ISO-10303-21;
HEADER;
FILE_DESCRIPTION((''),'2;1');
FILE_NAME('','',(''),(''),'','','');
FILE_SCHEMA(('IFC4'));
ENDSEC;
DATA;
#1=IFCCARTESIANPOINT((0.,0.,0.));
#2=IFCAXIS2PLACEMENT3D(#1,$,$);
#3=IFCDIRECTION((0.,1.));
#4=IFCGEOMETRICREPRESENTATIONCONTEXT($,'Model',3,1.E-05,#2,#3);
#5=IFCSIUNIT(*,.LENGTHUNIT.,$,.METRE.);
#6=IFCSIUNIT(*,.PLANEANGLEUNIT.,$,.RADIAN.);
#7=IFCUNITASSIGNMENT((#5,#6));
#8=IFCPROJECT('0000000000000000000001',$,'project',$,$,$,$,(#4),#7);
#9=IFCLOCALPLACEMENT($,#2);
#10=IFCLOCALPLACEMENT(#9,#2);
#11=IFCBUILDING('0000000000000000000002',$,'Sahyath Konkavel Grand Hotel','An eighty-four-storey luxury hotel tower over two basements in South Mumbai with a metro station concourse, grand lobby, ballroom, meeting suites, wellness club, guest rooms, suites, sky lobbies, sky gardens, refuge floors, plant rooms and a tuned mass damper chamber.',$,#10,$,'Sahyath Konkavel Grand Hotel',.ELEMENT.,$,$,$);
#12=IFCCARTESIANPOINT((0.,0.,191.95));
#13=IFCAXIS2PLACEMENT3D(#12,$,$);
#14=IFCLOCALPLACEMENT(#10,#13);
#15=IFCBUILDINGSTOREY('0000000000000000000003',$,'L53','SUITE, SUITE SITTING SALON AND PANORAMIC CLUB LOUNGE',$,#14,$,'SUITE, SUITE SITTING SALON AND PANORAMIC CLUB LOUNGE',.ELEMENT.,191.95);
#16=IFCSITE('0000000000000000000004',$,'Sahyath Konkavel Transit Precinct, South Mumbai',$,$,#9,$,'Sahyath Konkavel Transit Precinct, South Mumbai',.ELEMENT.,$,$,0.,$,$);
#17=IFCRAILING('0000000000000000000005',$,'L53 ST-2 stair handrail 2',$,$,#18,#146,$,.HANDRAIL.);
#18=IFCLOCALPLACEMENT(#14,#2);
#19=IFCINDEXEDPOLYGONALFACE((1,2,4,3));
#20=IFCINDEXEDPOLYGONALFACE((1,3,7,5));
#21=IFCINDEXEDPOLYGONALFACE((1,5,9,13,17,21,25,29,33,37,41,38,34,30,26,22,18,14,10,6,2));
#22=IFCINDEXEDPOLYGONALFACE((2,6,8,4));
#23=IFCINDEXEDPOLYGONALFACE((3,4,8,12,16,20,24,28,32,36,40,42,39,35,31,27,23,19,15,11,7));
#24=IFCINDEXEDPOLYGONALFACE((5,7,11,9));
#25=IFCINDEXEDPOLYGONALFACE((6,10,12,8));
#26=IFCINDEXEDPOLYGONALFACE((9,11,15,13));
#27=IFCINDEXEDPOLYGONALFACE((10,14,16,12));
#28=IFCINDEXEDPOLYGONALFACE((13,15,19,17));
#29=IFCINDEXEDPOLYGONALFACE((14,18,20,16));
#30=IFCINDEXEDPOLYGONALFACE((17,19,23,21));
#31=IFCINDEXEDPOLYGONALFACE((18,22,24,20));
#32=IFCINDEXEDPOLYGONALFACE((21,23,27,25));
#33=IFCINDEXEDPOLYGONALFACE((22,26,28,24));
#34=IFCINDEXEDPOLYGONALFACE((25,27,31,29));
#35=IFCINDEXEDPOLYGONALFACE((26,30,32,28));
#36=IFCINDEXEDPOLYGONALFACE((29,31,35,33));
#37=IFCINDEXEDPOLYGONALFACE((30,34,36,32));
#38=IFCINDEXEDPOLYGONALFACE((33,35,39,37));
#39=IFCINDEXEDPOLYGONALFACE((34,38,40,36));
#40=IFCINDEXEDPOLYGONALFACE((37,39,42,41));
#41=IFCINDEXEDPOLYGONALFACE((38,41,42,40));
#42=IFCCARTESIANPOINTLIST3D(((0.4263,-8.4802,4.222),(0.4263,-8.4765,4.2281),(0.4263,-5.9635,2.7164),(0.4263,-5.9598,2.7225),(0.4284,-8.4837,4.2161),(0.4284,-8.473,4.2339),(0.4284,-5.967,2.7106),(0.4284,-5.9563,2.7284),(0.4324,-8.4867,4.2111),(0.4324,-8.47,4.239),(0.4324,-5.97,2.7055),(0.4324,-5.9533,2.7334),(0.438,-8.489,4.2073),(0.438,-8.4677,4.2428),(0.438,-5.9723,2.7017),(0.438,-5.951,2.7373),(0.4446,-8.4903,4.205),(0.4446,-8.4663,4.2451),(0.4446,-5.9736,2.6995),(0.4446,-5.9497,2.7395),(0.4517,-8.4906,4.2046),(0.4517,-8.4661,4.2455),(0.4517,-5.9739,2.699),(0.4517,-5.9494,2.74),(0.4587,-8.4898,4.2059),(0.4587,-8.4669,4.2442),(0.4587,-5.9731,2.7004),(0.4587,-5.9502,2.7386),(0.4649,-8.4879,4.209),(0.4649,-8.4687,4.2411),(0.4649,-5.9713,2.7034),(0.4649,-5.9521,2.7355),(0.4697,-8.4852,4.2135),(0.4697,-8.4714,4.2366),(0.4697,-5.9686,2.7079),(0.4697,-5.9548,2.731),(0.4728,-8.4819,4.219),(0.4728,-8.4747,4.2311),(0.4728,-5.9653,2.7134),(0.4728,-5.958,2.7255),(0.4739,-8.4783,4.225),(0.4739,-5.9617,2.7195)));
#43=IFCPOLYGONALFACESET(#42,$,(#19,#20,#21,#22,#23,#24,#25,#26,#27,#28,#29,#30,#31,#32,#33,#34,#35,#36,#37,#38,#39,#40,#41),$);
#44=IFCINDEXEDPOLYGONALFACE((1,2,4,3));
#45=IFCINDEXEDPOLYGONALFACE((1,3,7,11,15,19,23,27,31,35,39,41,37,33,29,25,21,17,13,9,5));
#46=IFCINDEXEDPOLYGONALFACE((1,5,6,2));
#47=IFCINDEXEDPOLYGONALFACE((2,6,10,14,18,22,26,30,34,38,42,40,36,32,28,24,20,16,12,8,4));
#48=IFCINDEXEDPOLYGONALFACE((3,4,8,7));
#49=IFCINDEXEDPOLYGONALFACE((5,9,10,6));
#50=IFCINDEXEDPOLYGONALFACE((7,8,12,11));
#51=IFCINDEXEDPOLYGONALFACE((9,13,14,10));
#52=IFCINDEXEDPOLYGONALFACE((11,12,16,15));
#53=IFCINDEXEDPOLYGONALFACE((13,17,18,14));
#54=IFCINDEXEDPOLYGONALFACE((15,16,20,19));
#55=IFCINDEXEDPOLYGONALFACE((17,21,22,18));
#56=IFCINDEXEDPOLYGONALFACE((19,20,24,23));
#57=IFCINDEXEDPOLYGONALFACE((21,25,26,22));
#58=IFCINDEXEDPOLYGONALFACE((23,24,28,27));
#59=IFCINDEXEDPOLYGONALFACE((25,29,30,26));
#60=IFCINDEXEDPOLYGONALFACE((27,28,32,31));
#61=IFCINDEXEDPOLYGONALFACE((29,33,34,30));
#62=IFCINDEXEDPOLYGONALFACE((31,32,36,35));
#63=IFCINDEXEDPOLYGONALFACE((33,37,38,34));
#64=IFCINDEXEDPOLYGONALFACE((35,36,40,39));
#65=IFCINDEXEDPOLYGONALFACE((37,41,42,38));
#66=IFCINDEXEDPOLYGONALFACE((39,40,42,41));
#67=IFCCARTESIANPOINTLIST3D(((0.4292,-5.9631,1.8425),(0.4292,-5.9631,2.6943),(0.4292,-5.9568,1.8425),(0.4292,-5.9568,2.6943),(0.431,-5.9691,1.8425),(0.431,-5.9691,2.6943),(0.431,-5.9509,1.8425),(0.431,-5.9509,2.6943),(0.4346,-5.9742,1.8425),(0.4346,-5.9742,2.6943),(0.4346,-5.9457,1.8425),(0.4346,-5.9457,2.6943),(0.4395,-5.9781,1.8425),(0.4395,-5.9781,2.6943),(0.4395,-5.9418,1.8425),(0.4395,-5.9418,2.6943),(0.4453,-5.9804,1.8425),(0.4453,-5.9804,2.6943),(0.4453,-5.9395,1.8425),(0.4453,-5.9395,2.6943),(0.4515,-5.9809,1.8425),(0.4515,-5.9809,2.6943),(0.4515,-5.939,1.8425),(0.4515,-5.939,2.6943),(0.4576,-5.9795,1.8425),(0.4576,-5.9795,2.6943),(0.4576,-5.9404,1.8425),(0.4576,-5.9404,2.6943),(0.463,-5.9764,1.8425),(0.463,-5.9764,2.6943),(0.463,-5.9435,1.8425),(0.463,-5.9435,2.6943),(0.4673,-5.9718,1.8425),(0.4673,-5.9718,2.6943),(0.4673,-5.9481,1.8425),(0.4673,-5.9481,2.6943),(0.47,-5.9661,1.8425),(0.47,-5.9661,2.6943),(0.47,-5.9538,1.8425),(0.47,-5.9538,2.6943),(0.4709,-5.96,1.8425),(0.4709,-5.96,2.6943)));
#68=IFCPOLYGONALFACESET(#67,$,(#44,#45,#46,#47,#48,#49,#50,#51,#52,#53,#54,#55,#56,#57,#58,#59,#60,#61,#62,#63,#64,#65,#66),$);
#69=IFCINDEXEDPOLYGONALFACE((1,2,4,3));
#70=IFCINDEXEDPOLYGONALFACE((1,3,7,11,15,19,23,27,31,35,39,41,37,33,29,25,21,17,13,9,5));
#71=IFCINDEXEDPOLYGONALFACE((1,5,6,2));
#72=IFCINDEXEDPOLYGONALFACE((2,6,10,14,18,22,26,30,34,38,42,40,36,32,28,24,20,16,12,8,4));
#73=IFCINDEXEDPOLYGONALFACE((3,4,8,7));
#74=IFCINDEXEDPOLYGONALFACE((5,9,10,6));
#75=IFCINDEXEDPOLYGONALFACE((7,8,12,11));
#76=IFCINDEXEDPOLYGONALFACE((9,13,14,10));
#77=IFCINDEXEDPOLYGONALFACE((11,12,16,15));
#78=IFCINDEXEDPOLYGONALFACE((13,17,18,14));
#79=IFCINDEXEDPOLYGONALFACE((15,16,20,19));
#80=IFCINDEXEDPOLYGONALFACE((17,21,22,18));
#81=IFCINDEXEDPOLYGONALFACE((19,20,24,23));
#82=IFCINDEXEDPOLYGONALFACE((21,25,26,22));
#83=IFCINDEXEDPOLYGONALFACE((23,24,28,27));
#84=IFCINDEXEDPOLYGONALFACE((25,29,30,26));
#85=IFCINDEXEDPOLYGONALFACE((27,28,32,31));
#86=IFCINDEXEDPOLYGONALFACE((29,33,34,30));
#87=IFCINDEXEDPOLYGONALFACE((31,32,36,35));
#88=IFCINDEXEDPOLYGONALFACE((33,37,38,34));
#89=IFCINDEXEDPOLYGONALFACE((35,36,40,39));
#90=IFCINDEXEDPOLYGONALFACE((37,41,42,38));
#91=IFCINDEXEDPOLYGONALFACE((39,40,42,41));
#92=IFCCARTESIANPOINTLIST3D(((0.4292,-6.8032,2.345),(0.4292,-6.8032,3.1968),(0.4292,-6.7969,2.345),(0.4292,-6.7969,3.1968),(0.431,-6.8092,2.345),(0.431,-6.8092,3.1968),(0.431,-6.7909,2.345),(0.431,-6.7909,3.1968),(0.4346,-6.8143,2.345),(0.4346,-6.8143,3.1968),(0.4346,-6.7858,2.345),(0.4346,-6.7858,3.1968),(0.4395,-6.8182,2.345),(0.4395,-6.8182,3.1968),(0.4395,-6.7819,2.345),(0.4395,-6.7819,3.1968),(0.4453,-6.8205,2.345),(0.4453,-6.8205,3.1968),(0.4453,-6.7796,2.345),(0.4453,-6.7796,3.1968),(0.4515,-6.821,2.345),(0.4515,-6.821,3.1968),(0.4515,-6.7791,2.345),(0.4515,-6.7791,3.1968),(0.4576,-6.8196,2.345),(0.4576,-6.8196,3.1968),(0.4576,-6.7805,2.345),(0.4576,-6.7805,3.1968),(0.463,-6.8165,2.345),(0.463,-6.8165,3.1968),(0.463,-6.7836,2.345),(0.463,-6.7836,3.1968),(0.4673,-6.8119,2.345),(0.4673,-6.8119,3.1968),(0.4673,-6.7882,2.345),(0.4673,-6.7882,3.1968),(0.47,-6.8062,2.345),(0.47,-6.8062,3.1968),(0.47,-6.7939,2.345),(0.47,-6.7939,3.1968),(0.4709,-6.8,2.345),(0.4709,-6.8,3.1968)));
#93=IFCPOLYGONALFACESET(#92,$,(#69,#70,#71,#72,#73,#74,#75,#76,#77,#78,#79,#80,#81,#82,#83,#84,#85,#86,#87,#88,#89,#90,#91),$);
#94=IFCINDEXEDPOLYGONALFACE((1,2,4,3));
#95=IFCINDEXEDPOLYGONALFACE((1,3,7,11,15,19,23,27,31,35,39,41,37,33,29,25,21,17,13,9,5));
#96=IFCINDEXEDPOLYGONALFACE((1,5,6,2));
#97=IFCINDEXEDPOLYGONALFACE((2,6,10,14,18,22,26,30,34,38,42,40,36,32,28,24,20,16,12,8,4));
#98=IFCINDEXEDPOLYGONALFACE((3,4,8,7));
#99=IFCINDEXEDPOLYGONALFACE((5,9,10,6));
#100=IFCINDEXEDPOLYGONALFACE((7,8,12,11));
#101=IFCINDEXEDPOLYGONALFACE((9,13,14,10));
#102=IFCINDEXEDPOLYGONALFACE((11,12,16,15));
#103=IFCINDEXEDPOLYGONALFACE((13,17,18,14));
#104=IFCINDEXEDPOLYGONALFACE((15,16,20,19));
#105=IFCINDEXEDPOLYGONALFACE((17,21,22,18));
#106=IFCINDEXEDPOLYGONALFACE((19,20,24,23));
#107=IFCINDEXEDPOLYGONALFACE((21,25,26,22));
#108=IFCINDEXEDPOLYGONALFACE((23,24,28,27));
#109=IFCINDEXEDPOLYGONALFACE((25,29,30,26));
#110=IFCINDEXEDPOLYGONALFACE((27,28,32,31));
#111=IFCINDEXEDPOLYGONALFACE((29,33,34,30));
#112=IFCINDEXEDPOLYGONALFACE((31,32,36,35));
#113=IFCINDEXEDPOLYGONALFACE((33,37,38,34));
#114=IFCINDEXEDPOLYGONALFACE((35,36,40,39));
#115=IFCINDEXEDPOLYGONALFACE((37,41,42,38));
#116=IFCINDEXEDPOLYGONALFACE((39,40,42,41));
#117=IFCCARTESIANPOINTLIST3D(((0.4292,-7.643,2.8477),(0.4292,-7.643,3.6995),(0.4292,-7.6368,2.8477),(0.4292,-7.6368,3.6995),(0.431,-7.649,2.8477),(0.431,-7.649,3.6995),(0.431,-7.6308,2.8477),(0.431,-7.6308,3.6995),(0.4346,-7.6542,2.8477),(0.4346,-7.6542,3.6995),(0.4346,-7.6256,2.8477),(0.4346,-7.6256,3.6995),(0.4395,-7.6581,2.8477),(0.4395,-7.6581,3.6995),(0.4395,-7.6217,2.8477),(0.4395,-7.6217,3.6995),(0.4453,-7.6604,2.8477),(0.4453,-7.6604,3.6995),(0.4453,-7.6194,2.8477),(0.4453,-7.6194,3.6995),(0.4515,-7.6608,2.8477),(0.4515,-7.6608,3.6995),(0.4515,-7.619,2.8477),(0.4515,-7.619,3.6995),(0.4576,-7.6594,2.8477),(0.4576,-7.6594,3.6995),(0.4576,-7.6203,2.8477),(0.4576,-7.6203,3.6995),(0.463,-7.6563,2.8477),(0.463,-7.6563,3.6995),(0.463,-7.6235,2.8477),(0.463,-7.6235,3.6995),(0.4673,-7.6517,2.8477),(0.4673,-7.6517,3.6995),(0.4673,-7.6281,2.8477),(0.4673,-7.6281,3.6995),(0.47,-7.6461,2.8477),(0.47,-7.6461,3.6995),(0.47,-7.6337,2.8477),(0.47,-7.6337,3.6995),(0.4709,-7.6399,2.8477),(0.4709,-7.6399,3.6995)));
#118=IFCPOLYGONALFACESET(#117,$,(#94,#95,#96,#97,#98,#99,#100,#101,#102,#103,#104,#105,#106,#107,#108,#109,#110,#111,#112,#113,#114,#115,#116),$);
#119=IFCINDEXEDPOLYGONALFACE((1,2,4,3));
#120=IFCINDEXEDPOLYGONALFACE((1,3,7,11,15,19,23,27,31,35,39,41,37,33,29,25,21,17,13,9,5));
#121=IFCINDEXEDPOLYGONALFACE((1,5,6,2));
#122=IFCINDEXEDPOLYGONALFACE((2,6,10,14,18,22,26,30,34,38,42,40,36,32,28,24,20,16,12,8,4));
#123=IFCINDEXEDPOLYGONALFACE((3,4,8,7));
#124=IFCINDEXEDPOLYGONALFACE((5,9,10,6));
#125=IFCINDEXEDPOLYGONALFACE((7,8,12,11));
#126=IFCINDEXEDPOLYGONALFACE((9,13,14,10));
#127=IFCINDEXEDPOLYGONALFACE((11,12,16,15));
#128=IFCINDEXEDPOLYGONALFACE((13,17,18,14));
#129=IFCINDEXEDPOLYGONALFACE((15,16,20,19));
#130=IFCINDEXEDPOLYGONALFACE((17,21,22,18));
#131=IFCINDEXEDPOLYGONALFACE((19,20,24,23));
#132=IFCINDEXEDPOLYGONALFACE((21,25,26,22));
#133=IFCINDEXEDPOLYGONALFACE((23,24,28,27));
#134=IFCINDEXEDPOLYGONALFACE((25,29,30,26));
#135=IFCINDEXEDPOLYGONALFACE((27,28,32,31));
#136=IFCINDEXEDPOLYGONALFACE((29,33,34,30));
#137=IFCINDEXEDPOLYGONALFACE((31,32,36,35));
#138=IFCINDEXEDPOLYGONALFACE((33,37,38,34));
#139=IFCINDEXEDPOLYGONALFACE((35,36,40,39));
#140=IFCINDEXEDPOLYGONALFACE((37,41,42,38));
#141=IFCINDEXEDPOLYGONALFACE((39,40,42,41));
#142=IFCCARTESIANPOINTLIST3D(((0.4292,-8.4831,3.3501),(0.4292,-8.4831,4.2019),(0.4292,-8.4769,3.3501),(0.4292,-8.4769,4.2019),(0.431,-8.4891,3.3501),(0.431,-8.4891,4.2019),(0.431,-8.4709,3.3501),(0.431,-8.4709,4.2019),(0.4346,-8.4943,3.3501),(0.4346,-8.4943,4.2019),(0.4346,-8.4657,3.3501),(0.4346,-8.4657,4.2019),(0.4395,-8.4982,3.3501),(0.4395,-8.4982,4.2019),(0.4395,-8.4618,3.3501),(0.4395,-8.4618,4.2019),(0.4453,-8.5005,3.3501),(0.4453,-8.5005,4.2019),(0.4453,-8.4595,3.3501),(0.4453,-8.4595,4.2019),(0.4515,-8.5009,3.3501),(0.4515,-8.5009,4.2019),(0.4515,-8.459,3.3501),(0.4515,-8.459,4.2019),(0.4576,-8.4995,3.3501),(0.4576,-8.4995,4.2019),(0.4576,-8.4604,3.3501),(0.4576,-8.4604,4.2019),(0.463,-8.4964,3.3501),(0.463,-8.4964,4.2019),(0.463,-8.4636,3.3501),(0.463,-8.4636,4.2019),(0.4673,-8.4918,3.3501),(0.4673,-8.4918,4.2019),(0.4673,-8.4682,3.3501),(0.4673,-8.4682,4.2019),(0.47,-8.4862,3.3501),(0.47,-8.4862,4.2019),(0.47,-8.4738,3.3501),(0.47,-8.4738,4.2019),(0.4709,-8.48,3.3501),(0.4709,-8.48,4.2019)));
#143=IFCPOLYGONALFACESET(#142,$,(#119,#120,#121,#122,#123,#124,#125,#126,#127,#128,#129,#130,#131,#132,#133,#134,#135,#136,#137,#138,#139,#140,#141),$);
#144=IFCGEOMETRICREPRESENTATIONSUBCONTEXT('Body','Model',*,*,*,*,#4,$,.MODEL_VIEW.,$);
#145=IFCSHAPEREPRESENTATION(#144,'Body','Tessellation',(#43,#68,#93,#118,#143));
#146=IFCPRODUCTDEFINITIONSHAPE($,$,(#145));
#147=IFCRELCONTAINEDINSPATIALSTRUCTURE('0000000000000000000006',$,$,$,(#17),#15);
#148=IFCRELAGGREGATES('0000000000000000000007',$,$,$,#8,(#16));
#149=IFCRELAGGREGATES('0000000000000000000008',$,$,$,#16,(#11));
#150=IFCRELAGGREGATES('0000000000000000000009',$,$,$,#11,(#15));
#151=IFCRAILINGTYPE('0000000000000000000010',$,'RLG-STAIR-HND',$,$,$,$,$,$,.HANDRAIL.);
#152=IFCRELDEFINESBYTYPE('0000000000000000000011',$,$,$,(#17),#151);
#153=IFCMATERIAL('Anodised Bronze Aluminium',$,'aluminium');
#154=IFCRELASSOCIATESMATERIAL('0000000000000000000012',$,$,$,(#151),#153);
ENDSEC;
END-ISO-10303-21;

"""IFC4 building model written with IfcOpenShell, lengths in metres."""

from ifc_helpers import new_model, si_unit, direction, frame, origin, origin_2d, place, context, subcontext, project, spatial, circle, extrude, material, type_object, element, save


model = new_model("IFC4")

# Units and contexts
model_context = context("Model", 3, precision=1e-05, world=origin(), true_north=direction((0.0, 1.0)))
body_context = subcontext(model_context, "Body", "Model", "MODEL_VIEW")
ifc_project = project(units=[si_unit("LENGTHUNIT", "METRE"), si_unit("PLANEANGLEUNIT", "RADIAN")], contexts=[model_context])

# Site, building, storey
site_placement = place(None, origin())
site = spatial("IfcSite", under=ifc_project, at=site_placement, Name="Sahyath Konkavel Transit Precinct, South Mumbai", LongName="Sahyath Konkavel Transit Precinct, South Mumbai", CompositionType="ELEMENT", RefElevation=0.0)
building_placement = place(site_placement, origin())
building = spatial("IfcBuilding", under=site, at=building_placement, Name="Sahyath Konkavel Grand Hotel", Description="An eighty-four-storey luxury hotel tower over two basements in South Mumbai with a metro station concourse, grand lobby, ballroom, meeting suites, wellness club, guest rooms, suites, sky lobbies, sky gardens, refuge floors, plant rooms and a tuned mass damper chamber.", LongName="Sahyath Konkavel Grand Hotel", CompositionType="ELEMENT")
storey_placement = place(building_placement, frame((0.0, 0.0, 191.95)))
storey = spatial("IfcBuildingStorey", under=building, at=storey_placement, Name="L53", Description="SUITE, SUITE SITTING SALON AND PANORAMIC CLUB LOUNGE", LongName="SUITE, SUITE SITTING SALON AND PANORAMIC CLUB LOUNGE", CompositionType="ELEMENT", Elevation=191.95)

# Railing
ifc_material_1 = material(Name="Anodised Bronze Aluminium", Category="aluminium")
railing_type_1 = type_object("IfcRailingType", Name="RLG-STAIR-HND", PredefinedType="HANDRAIL", material=ifc_material_1)
railing_1_placement = place(storey_placement, frame((0.45, -5.96, 1.8425)))
element("IfcRailing", 1, at=railing_1_placement, inside=storey, type_object=railing_type_1, Name="L53 ST-2 stair handrail 2", PredefinedType="HANDRAIL", context=body_context, shape_type="SweptSolid", body=[
    extrude(circle(Radius=0.0239, at=origin_2d()), frame((0.0, -0.0017, 0.877), z_axis=(0.0, -0.85816, 0.513383), x_axis=(1.0, 0.0, 0.0)), (0.0, 0.0, 1.0), 2.9326),
    extrude(circle(Radius=0.021, at=origin_2d()), origin(), (0.0, 0.0, 1.0), 0.8518),
    extrude(circle(Radius=0.021, at=origin_2d()), frame((0.0, -0.8401, 0.5024)), (0.0, 0.0, 1.0), 0.8518),
    extrude(circle(Radius=0.021, at=origin_2d()), frame((0.0, -1.6799, 1.0051)), (0.0, 0.0, 1.0), 0.8518),
    extrude(circle(Radius=0.021, at=origin_2d()), frame((0.0, -2.52, 1.5076)), (0.0, 0.0, 1.0), 0.8518),
])

save(model, "model.ifc")
